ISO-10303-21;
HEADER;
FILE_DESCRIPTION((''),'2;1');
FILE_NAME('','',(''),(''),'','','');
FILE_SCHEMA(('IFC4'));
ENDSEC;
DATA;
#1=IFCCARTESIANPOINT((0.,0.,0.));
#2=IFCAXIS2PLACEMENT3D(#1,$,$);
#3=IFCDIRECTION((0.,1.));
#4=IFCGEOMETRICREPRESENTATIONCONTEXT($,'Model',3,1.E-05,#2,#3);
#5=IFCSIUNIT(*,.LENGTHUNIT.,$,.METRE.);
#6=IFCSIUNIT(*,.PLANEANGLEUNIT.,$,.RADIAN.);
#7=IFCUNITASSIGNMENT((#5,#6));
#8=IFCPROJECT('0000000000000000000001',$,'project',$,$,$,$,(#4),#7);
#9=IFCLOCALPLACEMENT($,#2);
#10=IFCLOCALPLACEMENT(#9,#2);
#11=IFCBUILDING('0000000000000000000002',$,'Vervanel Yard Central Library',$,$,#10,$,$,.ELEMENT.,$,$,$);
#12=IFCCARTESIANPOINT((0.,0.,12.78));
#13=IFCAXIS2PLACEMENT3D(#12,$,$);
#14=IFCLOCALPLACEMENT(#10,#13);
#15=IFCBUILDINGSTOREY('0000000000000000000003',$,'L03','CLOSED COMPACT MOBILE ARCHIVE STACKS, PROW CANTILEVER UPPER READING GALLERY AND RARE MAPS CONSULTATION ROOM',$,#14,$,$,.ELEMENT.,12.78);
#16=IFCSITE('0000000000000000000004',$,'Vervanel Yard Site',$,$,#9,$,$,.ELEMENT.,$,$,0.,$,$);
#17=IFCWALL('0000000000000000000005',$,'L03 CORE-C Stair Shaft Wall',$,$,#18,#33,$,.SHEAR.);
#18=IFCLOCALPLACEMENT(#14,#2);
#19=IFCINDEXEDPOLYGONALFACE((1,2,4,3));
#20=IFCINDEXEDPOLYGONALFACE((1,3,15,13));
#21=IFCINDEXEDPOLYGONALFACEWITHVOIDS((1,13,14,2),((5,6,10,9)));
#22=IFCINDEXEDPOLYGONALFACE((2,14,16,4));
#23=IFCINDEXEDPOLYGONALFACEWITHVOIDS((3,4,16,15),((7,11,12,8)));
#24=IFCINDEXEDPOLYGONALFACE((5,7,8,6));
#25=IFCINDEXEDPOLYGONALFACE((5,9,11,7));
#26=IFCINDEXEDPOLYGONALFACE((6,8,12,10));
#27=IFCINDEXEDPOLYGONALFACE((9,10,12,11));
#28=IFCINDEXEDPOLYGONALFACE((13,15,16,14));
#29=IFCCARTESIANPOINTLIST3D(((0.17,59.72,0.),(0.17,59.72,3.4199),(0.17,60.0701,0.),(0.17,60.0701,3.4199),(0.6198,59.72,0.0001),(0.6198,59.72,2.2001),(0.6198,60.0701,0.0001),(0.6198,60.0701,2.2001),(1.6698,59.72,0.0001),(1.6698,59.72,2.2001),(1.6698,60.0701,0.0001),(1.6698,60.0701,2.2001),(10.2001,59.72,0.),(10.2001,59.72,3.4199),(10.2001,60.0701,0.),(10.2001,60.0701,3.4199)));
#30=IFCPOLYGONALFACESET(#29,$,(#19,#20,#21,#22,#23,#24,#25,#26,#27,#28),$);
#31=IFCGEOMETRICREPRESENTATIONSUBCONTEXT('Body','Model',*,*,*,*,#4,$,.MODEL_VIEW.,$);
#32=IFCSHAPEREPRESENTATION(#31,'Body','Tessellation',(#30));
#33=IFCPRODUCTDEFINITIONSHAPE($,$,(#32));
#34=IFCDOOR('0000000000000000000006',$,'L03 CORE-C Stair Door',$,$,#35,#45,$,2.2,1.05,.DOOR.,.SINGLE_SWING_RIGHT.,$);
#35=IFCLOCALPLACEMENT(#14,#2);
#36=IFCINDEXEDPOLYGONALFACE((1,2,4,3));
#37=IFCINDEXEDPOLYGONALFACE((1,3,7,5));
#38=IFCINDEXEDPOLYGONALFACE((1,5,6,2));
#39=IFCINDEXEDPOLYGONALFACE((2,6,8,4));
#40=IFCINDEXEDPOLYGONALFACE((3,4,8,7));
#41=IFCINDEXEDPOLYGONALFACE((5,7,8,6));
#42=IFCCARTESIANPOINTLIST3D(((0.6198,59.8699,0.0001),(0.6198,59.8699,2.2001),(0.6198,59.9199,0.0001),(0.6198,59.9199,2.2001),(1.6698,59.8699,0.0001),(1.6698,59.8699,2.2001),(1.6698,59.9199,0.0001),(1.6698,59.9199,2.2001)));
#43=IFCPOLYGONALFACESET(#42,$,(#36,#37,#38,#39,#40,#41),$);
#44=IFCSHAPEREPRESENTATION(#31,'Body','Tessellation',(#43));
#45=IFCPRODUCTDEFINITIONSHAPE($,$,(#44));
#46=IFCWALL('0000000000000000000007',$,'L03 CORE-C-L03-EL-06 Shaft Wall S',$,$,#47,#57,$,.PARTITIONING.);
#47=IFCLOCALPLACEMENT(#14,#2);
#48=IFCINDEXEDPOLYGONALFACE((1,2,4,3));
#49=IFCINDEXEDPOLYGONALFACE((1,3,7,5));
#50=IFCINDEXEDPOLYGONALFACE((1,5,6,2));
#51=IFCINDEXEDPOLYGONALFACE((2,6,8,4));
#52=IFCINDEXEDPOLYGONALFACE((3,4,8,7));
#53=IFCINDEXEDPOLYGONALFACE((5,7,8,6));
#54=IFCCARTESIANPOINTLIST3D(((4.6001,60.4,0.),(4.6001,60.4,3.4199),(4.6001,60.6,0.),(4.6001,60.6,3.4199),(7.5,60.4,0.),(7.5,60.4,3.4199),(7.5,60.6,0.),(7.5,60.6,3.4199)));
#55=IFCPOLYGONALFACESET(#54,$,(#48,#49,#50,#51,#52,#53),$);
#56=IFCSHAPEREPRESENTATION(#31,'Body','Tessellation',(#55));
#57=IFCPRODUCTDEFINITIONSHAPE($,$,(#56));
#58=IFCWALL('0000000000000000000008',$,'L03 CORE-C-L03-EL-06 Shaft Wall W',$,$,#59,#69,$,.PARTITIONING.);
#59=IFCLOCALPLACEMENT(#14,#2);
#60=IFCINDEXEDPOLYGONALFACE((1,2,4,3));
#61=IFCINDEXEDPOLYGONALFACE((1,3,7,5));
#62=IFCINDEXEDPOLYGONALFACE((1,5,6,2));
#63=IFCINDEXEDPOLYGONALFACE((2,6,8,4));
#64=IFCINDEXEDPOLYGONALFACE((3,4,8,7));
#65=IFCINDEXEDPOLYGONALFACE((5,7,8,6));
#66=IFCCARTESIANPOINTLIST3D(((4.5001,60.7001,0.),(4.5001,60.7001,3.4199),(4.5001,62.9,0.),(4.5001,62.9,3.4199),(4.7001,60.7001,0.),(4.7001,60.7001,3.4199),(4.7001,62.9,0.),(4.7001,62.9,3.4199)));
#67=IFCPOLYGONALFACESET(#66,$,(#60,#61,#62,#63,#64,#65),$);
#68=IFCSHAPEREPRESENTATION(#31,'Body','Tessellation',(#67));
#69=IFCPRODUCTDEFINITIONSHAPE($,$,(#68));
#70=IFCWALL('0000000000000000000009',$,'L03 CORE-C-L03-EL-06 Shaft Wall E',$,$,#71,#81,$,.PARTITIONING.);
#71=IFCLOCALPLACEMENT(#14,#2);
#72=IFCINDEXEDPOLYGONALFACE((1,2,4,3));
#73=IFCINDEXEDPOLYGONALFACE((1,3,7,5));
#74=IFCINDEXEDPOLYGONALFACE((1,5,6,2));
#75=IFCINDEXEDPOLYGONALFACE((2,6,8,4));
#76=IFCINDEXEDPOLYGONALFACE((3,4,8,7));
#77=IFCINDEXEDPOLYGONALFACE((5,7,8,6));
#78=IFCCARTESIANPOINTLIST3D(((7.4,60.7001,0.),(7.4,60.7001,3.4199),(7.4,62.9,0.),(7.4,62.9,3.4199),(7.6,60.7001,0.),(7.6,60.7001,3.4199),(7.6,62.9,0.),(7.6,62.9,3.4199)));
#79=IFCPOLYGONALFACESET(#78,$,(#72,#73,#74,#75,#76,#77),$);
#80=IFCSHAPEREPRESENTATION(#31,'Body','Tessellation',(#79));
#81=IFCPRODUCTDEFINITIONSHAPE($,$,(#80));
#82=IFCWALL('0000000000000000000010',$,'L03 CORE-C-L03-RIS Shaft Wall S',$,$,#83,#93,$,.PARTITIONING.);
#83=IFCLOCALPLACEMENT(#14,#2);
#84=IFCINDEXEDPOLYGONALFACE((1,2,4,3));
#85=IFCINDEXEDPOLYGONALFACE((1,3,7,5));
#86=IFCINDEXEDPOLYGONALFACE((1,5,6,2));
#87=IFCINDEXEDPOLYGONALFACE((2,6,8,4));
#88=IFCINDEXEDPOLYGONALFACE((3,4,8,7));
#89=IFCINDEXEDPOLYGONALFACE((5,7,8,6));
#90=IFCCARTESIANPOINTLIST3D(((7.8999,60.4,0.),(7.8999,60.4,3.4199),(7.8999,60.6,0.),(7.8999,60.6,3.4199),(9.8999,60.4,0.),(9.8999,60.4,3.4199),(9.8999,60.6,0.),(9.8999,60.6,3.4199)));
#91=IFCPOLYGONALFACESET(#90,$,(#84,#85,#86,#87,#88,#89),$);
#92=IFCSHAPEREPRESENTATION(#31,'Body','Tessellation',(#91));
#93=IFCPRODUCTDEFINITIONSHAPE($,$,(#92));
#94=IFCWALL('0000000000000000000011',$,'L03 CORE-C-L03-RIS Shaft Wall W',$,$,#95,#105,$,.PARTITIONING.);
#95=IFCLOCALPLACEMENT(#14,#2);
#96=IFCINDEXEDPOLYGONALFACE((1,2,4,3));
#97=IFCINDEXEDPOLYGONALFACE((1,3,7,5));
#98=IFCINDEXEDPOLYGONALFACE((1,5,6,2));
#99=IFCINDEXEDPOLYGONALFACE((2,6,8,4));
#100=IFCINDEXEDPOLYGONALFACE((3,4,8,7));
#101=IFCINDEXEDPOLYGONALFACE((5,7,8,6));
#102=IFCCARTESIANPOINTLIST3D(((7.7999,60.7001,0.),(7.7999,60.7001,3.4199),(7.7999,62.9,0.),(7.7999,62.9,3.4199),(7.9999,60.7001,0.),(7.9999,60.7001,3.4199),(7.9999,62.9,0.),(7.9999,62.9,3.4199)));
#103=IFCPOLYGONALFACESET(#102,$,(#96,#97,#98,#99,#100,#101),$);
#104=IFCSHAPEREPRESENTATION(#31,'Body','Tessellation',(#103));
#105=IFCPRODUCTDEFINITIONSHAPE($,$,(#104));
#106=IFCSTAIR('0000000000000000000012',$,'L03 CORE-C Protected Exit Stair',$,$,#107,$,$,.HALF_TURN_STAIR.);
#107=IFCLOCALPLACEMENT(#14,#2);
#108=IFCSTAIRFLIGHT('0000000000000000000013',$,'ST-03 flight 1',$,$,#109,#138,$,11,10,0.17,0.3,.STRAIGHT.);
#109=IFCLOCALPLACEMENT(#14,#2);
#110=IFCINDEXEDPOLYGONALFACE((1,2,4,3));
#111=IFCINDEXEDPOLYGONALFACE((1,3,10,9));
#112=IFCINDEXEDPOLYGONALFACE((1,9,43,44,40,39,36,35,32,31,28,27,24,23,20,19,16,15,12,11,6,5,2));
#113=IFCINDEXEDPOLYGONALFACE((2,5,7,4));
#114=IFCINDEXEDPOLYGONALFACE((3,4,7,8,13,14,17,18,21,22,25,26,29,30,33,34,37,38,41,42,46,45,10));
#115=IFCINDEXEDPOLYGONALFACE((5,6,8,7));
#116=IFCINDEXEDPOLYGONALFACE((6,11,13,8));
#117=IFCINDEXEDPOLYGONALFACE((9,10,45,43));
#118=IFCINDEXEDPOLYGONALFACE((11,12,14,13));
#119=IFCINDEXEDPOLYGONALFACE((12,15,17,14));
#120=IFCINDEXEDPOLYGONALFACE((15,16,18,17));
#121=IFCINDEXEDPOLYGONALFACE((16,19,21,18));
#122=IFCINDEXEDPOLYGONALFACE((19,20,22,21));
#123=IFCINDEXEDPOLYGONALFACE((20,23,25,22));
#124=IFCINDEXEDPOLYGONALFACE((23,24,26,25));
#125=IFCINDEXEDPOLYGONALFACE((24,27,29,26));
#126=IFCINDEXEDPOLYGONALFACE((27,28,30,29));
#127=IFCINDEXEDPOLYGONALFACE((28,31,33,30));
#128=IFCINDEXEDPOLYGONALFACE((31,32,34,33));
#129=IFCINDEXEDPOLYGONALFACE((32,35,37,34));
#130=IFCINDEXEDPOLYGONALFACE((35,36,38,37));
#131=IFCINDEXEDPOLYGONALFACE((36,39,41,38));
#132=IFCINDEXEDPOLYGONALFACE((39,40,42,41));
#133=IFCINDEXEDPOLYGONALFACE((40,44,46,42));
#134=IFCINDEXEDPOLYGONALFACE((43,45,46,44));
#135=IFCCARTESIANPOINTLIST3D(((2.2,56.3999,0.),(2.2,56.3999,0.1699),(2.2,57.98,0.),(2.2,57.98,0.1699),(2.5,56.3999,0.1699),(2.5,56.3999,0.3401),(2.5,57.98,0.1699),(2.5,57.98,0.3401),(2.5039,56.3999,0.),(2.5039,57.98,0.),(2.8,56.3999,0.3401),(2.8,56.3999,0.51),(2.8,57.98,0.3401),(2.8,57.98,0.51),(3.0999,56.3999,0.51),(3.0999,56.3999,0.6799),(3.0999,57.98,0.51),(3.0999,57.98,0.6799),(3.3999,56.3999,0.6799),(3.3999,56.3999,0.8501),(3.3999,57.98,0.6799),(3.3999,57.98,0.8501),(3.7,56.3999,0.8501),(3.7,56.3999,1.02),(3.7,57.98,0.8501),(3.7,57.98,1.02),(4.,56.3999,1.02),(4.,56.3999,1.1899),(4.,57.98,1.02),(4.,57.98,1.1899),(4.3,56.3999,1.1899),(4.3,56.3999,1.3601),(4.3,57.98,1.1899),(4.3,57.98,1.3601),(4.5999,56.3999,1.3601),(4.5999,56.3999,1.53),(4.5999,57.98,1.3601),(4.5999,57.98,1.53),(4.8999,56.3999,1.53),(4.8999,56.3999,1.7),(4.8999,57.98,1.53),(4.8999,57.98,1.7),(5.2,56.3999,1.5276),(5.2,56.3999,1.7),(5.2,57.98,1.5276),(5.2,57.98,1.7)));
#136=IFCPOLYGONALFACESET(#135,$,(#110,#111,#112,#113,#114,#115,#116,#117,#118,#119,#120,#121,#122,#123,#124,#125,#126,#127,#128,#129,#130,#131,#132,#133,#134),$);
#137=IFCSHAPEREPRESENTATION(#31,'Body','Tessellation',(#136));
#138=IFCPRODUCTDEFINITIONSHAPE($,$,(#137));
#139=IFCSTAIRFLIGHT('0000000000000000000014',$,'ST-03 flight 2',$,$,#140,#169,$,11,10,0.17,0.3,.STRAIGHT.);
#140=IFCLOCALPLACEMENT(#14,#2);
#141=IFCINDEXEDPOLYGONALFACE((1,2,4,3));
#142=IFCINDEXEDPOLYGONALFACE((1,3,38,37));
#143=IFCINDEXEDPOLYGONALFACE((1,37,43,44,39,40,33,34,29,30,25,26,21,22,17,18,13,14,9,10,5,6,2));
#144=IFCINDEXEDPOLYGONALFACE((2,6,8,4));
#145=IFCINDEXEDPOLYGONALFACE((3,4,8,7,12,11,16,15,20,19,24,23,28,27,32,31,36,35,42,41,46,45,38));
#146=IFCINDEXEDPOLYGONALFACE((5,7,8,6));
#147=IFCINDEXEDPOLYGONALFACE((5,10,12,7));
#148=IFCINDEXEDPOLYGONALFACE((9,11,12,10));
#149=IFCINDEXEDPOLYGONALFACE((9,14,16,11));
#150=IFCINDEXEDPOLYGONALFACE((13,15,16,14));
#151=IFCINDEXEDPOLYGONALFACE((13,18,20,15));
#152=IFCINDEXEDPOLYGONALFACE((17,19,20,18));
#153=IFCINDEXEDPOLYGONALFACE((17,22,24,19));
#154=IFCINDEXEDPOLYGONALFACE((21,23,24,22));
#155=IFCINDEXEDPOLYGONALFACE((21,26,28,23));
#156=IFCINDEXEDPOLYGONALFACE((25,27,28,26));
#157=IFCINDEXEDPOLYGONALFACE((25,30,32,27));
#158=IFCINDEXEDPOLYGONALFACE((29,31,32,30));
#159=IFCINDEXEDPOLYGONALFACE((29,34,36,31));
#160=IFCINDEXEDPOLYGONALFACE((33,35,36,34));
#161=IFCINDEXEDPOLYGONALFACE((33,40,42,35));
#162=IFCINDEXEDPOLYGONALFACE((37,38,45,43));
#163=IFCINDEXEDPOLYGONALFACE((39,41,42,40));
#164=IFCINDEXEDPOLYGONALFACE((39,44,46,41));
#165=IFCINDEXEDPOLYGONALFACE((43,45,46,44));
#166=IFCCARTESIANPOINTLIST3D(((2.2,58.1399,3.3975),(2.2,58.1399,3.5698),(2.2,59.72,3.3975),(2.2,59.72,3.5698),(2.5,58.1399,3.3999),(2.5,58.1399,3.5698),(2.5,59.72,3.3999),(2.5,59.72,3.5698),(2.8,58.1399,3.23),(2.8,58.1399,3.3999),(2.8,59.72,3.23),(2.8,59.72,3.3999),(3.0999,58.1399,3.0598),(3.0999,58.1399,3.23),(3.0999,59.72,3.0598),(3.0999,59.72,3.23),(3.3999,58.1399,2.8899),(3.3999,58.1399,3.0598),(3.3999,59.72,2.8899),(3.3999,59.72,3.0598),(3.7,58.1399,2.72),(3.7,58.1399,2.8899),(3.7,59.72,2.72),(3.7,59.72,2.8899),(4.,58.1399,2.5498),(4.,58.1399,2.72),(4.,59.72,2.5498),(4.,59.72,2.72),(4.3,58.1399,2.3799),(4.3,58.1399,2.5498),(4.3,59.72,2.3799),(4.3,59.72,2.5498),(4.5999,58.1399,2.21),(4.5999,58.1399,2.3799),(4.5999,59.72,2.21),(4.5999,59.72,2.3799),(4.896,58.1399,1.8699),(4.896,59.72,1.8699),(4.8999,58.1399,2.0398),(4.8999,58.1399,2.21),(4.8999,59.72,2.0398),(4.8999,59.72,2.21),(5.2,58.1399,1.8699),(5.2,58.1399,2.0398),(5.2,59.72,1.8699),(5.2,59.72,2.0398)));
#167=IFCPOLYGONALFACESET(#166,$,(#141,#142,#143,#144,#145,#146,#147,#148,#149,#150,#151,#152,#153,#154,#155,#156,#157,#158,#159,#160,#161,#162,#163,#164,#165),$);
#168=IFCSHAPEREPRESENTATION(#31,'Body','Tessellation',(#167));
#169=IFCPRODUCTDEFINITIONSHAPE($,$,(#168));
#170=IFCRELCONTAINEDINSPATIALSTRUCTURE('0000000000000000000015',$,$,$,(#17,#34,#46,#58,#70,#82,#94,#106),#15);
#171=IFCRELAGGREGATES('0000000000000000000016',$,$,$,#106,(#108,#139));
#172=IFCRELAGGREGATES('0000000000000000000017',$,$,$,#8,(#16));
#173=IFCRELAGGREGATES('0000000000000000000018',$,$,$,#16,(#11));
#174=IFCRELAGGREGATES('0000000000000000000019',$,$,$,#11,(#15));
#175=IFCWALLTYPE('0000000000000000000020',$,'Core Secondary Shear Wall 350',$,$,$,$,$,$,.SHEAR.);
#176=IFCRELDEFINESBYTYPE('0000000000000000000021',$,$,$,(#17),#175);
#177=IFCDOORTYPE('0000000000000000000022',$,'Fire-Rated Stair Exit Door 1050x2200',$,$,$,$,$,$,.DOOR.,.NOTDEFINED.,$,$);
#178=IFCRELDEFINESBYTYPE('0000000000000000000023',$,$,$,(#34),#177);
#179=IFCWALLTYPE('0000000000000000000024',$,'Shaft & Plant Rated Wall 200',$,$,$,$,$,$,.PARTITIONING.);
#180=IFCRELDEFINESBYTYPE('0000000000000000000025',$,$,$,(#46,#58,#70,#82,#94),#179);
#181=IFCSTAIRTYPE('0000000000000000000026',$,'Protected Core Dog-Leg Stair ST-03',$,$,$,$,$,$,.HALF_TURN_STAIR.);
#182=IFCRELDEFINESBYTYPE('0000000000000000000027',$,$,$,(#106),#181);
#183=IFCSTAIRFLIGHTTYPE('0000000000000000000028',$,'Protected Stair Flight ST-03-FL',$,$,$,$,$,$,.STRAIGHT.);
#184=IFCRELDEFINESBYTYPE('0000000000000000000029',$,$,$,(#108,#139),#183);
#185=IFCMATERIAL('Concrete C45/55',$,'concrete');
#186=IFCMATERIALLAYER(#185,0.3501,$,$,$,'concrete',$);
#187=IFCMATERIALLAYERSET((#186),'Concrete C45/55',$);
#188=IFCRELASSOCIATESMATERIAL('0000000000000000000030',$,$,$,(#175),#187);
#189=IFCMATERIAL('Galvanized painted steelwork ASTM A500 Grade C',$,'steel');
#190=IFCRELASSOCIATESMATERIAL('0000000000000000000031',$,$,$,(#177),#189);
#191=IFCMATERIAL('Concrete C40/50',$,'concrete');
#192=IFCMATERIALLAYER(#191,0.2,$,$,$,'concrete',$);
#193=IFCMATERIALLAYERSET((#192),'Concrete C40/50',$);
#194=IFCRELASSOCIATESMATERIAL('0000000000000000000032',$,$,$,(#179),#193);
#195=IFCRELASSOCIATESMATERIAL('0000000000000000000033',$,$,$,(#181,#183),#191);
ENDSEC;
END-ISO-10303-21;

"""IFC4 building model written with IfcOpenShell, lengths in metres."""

from ifc_helpers import new_model, si_unit, direction, frame, frame_2d, origin, place, context, subcontext, project, spatial, polyline, rectangle, outline, extrude, material, layer, layer_set, type_object, element, fill, aggregate, save


model = new_model("IFC4")

# Units and contexts
model_context = context("Model", 3, precision=1e-05, world=origin(), true_north=direction((0.0, 1.0)))
body_context = subcontext(model_context, "Body", "Model", "MODEL_VIEW")
ifc_project = project(units=[si_unit("LENGTHUNIT", "METRE"), si_unit("PLANEANGLEUNIT", "RADIAN")], contexts=[model_context])

# Site, building, storey
site_placement = place(None, origin())
site = spatial("IfcSite", under=ifc_project, at=site_placement, Name="Vervanel Yard Site", CompositionType="ELEMENT", RefElevation=0.0)
building_placement = place(site_placement, origin())
building = spatial("IfcBuilding", under=site, at=building_placement, Name="Vervanel Yard Central Library", CompositionType="ELEMENT")
storey_placement = place(building_placement, frame((0.0, 0.0, 12.78)))
storey = spatial("IfcBuildingStorey", under=building, at=storey_placement, Name="L03", Description="CLOSED COMPACT MOBILE ARCHIVE STACKS, PROW CANTILEVER UPPER READING GALLERY AND RARE MAPS CONSULTATION ROOM", CompositionType="ELEMENT", Elevation=12.78)

# Shared definitions
ifc_material_1 = material(Name="Concrete C40/50", Category="concrete")

# Wall, opening, door
ifc_material_2 = material(Name="Concrete C45/55", Category="concrete")
ifc_material_3 = material(Name="Galvanized painted steelwork ASTM A500 Grade C", Category="steel")
ifc_layer_1 = layer(ifc_material_2, 0.3501, Category="concrete")
ifc_layer_set_1 = layer_set([ifc_layer_1], Name="Concrete C45/55")
wall_type_1 = type_object("IfcWallType", Name="Core Secondary Shear Wall 350", PredefinedType="SHEAR", material=ifc_layer_set_1)
wall_1_placement = place(storey_placement, frame((0.1699, 59.895, 0.0), z_axis=(0.0, 0.0, 1.0), x_axis=(1.0, 0.0, 0.0)))
wall_1 = element("IfcWall", 1, at=wall_1_placement, inside=storey, type_object=wall_type_1, Name="L03 CORE-C Stair Shaft Wall", PredefinedType="SHEAR", context=body_context, shape_type="SweptSolid", body=[
    extrude(rectangle(XDim=10.03, YDim=0.3501, at=frame_2d((5.0151, 0.0))), origin(), (0.0, 0.0, 1.0), 3.4199),
])
opening_1_placement = place(wall_1_placement, frame((0.45, 0.0, 0.0)))
opening_1 = element("IfcOpeningElement", 2, at=opening_1_placement, cuts=wall_1, PredefinedType="OPENING", context=body_context, shape_type="SweptSolid", body=[
    extrude(rectangle(XDim=1.05, YDim=2.2, at=frame_2d((0.5249, 1.1001))), frame((0.0, 0.1851, 0.0), z_axis=(0.0, -1.0, 0.0), x_axis=(1.0, 0.0, 0.0)), (0.0, 0.0, 1.0), 0.3701),
])
door_type_1 = type_object("IfcDoorType", Name="Fire-Rated Stair Exit Door 1050x2200", OperationType="NOTDEFINED", PredefinedType="DOOR", material=ifc_material_3)
door_1_placement = place(opening_1_placement, origin())
door_1 = element("IfcDoor", 3, at=door_1_placement, inside=storey, type_object=door_type_1, Name="L03 CORE-C Stair Door", OperationType="SINGLE_SWING_RIGHT", OverallHeight=2.2, OverallWidth=1.05, PredefinedType="DOOR", context=body_context, shape_type="SweptSolid", body=[
    extrude(rectangle(XDim=1.05, YDim=2.2, at=frame_2d((0.5249, 1.1001))), frame((0.0, 0.0249, 0.0), z_axis=(0.0, -1.0, 0.0), x_axis=(1.0, 0.0, 0.0)), (0.0, 0.0, 1.0), 0.05),
])
fill(opening_1, door_1)

# Walls
ifc_layer_2 = layer(ifc_material_1, 0.2, Category="concrete")
ifc_layer_set_2 = layer_set([ifc_layer_2], Name="Concrete C40/50")
wall_type_2 = type_object("IfcWallType", Name="Shaft & Plant Rated Wall 200", PredefinedType="PARTITIONING", material=ifc_layer_set_2)
wall_2_placement = place(storey_placement, frame((4.6001, 60.5, 0.0), z_axis=(0.0, 0.0, 1.0), x_axis=(1.0, 0.0, 0.0)))
element("IfcWall", 4, at=wall_2_placement, inside=storey, type_object=wall_type_2, Name="L03 CORE-C-L03-EL-06 Shaft Wall S", PredefinedType="PARTITIONING", context=body_context, shape_type="SweptSolid", body=[
    extrude(rectangle(XDim=2.8999, YDim=0.2, at=frame_2d((1.45, 0.0))), origin(), (0.0, 0.0, 1.0), 3.4199),
])
for number, where, z_axis, x_axis, name in (
    (5, (4.6001, 60.7, 0.0), (0.0, 0.0, 1.0), (0.0, 1.0, 0.0), "L03 CORE-C-L03-EL-06 Shaft Wall W"),
    (6, (7.5, 60.7, 0.0), (0.0, 0.0, 1.0), (0.0, 1.0, 0.0), "L03 CORE-C-L03-EL-06 Shaft Wall E"),
):
    element("IfcWall", number, at=place(storey_placement, frame(where, z_axis=z_axis, x_axis=x_axis)), inside=storey, type_object=wall_type_2, Name=name, PredefinedType="PARTITIONING", context=body_context, shape_type="SweptSolid", body=[
        extrude(rectangle(XDim=2.2, YDim=0.2, at=frame_2d((1.1001, 0.0))), origin(), (0.0, 0.0, 1.0), 3.4199),
    ])
wall_3_placement = place(storey_placement, frame((7.8999, 60.5, 0.0), z_axis=(0.0, 0.0, 1.0), x_axis=(1.0, 0.0, 0.0)))
element("IfcWall", 7, at=wall_3_placement, inside=storey, type_object=wall_type_2, Name="L03 CORE-C-L03-RIS Shaft Wall S", PredefinedType="PARTITIONING", context=body_context, shape_type="SweptSolid", body=[
    extrude(rectangle(XDim=2.0, YDim=0.2, at=frame_2d((1.0, 0.0))), origin(), (0.0, 0.0, 1.0), 3.4199),
])
wall_4_placement = place(storey_placement, frame((7.8999, 60.7, 0.0), z_axis=(0.0, 0.0, 1.0), x_axis=(0.0, 1.0, 0.0)))
element("IfcWall", 8, at=wall_4_placement, inside=storey, type_object=wall_type_2, Name="L03 CORE-C-L03-RIS Shaft Wall W", PredefinedType="PARTITIONING", context=body_context, shape_type="SweptSolid", body=[
    extrude(rectangle(XDim=2.2, YDim=0.2, at=frame_2d((1.1001, 0.0))), origin(), (0.0, 0.0, 1.0), 3.4199),
])

# Stair, stair flights
stair_type = type_object("IfcStairType", Name="Protected Core Dog-Leg Stair ST-03", PredefinedType="HALF_TURN_STAIR", material=ifc_material_1)
stair_placement = place(storey_placement, origin())
stair = element("IfcStair", 9, at=stair_placement, inside=storey, type_object=stair_type, Name="L03 CORE-C Protected Exit Stair", PredefinedType="HALF_TURN_STAIR")
stair_flight_type = type_object("IfcStairFlightType", Name="Protected Stair Flight ST-03-FL", PredefinedType="STRAIGHT", material=ifc_material_1)
stair_flight_1_placement = place(storey_placement, frame((2.2, 57.1899, 0.0), z_axis=(0.0, 0.0, 1.0), x_axis=(1.0, 0.0, 0.0)))
stair_flight_1 = element("IfcStairFlight", 10, at=stair_flight_1_placement, type_object=stair_flight_type, Name="ST-03 flight 1", NumberOfRisers=11, NumberOfTreads=10, PredefinedType="STRAIGHT", RiserHeight=0.17, TreadLength=0.3, context=body_context, shape_type="SweptSolid", body=[
    extrude(outline(polyline([(0.0, 0.0), (0.0, 0.1699), (0.3, 0.1699), (0.3, 0.3401), (0.6001, 0.3401), (0.6001, 0.51), (0.8999, 0.51), (0.8999, 0.6799), (1.2, 0.6799), (1.2, 0.8501), (1.5, 0.8501), (1.5, 1.02), (1.8, 1.02), (1.8, 1.1899), (2.1001, 1.1899), (2.1001, 1.3601), (2.3999, 1.3601), (2.3999, 1.53), (2.7, 1.53), (2.7, 1.7), (3.0, 1.7), (3.0, 1.8701), (3.0, 1.5276), (0.304, 0.0), (0.0, 0.0)])), frame((0.0, 0.79, 0.0), z_axis=(0.0, -1.0, 0.0), x_axis=(1.0, 0.0, 0.0)), (0.0, 0.0, 1.0), 1.5801),
])
stair_flight_2_placement = place(storey_placement, frame((5.2, 58.9299, 1.8699), z_axis=(0.0, 0.0, 1.0), x_axis=(-1.0, 0.0, 0.0)))
stair_flight_2 = element("IfcStairFlight", 11, at=stair_flight_2_placement, type_object=stair_flight_type, Name="ST-03 flight 2", NumberOfRisers=11, NumberOfTreads=10, PredefinedType="STRAIGHT", RiserHeight=0.17, TreadLength=0.3, context=body_context, shape_type="SweptSolid", body=[
    extrude(outline(polyline([(0.0, 0.0), (0.0, 0.1699), (0.3, 0.1699), (0.3, 0.3401), (0.6001, 0.3401), (0.6001, 0.51), (0.8999, 0.51), (0.8999, 0.6799), (1.2, 0.6799), (1.2, 0.8501), (1.5, 0.8501), (1.5, 1.02), (1.8, 1.02), (1.8, 1.1899), (2.1001, 1.1899), (2.1001, 1.3601), (2.3999, 1.3601), (2.3999, 1.53), (2.7, 1.53), (2.7, 1.7), (3.0, 1.7), (3.0, 1.8701), (3.0, 1.5276), (0.304, 0.0), (0.0, 0.0)])), frame((0.0, 0.79, 0.0), z_axis=(0.0, -1.0, 0.0), x_axis=(1.0, 0.0, 0.0)), (0.0, 0.0, 1.0), 1.5801),
])
aggregate(stair, [stair_flight_1, stair_flight_2])

save(model, "model.ifc")
